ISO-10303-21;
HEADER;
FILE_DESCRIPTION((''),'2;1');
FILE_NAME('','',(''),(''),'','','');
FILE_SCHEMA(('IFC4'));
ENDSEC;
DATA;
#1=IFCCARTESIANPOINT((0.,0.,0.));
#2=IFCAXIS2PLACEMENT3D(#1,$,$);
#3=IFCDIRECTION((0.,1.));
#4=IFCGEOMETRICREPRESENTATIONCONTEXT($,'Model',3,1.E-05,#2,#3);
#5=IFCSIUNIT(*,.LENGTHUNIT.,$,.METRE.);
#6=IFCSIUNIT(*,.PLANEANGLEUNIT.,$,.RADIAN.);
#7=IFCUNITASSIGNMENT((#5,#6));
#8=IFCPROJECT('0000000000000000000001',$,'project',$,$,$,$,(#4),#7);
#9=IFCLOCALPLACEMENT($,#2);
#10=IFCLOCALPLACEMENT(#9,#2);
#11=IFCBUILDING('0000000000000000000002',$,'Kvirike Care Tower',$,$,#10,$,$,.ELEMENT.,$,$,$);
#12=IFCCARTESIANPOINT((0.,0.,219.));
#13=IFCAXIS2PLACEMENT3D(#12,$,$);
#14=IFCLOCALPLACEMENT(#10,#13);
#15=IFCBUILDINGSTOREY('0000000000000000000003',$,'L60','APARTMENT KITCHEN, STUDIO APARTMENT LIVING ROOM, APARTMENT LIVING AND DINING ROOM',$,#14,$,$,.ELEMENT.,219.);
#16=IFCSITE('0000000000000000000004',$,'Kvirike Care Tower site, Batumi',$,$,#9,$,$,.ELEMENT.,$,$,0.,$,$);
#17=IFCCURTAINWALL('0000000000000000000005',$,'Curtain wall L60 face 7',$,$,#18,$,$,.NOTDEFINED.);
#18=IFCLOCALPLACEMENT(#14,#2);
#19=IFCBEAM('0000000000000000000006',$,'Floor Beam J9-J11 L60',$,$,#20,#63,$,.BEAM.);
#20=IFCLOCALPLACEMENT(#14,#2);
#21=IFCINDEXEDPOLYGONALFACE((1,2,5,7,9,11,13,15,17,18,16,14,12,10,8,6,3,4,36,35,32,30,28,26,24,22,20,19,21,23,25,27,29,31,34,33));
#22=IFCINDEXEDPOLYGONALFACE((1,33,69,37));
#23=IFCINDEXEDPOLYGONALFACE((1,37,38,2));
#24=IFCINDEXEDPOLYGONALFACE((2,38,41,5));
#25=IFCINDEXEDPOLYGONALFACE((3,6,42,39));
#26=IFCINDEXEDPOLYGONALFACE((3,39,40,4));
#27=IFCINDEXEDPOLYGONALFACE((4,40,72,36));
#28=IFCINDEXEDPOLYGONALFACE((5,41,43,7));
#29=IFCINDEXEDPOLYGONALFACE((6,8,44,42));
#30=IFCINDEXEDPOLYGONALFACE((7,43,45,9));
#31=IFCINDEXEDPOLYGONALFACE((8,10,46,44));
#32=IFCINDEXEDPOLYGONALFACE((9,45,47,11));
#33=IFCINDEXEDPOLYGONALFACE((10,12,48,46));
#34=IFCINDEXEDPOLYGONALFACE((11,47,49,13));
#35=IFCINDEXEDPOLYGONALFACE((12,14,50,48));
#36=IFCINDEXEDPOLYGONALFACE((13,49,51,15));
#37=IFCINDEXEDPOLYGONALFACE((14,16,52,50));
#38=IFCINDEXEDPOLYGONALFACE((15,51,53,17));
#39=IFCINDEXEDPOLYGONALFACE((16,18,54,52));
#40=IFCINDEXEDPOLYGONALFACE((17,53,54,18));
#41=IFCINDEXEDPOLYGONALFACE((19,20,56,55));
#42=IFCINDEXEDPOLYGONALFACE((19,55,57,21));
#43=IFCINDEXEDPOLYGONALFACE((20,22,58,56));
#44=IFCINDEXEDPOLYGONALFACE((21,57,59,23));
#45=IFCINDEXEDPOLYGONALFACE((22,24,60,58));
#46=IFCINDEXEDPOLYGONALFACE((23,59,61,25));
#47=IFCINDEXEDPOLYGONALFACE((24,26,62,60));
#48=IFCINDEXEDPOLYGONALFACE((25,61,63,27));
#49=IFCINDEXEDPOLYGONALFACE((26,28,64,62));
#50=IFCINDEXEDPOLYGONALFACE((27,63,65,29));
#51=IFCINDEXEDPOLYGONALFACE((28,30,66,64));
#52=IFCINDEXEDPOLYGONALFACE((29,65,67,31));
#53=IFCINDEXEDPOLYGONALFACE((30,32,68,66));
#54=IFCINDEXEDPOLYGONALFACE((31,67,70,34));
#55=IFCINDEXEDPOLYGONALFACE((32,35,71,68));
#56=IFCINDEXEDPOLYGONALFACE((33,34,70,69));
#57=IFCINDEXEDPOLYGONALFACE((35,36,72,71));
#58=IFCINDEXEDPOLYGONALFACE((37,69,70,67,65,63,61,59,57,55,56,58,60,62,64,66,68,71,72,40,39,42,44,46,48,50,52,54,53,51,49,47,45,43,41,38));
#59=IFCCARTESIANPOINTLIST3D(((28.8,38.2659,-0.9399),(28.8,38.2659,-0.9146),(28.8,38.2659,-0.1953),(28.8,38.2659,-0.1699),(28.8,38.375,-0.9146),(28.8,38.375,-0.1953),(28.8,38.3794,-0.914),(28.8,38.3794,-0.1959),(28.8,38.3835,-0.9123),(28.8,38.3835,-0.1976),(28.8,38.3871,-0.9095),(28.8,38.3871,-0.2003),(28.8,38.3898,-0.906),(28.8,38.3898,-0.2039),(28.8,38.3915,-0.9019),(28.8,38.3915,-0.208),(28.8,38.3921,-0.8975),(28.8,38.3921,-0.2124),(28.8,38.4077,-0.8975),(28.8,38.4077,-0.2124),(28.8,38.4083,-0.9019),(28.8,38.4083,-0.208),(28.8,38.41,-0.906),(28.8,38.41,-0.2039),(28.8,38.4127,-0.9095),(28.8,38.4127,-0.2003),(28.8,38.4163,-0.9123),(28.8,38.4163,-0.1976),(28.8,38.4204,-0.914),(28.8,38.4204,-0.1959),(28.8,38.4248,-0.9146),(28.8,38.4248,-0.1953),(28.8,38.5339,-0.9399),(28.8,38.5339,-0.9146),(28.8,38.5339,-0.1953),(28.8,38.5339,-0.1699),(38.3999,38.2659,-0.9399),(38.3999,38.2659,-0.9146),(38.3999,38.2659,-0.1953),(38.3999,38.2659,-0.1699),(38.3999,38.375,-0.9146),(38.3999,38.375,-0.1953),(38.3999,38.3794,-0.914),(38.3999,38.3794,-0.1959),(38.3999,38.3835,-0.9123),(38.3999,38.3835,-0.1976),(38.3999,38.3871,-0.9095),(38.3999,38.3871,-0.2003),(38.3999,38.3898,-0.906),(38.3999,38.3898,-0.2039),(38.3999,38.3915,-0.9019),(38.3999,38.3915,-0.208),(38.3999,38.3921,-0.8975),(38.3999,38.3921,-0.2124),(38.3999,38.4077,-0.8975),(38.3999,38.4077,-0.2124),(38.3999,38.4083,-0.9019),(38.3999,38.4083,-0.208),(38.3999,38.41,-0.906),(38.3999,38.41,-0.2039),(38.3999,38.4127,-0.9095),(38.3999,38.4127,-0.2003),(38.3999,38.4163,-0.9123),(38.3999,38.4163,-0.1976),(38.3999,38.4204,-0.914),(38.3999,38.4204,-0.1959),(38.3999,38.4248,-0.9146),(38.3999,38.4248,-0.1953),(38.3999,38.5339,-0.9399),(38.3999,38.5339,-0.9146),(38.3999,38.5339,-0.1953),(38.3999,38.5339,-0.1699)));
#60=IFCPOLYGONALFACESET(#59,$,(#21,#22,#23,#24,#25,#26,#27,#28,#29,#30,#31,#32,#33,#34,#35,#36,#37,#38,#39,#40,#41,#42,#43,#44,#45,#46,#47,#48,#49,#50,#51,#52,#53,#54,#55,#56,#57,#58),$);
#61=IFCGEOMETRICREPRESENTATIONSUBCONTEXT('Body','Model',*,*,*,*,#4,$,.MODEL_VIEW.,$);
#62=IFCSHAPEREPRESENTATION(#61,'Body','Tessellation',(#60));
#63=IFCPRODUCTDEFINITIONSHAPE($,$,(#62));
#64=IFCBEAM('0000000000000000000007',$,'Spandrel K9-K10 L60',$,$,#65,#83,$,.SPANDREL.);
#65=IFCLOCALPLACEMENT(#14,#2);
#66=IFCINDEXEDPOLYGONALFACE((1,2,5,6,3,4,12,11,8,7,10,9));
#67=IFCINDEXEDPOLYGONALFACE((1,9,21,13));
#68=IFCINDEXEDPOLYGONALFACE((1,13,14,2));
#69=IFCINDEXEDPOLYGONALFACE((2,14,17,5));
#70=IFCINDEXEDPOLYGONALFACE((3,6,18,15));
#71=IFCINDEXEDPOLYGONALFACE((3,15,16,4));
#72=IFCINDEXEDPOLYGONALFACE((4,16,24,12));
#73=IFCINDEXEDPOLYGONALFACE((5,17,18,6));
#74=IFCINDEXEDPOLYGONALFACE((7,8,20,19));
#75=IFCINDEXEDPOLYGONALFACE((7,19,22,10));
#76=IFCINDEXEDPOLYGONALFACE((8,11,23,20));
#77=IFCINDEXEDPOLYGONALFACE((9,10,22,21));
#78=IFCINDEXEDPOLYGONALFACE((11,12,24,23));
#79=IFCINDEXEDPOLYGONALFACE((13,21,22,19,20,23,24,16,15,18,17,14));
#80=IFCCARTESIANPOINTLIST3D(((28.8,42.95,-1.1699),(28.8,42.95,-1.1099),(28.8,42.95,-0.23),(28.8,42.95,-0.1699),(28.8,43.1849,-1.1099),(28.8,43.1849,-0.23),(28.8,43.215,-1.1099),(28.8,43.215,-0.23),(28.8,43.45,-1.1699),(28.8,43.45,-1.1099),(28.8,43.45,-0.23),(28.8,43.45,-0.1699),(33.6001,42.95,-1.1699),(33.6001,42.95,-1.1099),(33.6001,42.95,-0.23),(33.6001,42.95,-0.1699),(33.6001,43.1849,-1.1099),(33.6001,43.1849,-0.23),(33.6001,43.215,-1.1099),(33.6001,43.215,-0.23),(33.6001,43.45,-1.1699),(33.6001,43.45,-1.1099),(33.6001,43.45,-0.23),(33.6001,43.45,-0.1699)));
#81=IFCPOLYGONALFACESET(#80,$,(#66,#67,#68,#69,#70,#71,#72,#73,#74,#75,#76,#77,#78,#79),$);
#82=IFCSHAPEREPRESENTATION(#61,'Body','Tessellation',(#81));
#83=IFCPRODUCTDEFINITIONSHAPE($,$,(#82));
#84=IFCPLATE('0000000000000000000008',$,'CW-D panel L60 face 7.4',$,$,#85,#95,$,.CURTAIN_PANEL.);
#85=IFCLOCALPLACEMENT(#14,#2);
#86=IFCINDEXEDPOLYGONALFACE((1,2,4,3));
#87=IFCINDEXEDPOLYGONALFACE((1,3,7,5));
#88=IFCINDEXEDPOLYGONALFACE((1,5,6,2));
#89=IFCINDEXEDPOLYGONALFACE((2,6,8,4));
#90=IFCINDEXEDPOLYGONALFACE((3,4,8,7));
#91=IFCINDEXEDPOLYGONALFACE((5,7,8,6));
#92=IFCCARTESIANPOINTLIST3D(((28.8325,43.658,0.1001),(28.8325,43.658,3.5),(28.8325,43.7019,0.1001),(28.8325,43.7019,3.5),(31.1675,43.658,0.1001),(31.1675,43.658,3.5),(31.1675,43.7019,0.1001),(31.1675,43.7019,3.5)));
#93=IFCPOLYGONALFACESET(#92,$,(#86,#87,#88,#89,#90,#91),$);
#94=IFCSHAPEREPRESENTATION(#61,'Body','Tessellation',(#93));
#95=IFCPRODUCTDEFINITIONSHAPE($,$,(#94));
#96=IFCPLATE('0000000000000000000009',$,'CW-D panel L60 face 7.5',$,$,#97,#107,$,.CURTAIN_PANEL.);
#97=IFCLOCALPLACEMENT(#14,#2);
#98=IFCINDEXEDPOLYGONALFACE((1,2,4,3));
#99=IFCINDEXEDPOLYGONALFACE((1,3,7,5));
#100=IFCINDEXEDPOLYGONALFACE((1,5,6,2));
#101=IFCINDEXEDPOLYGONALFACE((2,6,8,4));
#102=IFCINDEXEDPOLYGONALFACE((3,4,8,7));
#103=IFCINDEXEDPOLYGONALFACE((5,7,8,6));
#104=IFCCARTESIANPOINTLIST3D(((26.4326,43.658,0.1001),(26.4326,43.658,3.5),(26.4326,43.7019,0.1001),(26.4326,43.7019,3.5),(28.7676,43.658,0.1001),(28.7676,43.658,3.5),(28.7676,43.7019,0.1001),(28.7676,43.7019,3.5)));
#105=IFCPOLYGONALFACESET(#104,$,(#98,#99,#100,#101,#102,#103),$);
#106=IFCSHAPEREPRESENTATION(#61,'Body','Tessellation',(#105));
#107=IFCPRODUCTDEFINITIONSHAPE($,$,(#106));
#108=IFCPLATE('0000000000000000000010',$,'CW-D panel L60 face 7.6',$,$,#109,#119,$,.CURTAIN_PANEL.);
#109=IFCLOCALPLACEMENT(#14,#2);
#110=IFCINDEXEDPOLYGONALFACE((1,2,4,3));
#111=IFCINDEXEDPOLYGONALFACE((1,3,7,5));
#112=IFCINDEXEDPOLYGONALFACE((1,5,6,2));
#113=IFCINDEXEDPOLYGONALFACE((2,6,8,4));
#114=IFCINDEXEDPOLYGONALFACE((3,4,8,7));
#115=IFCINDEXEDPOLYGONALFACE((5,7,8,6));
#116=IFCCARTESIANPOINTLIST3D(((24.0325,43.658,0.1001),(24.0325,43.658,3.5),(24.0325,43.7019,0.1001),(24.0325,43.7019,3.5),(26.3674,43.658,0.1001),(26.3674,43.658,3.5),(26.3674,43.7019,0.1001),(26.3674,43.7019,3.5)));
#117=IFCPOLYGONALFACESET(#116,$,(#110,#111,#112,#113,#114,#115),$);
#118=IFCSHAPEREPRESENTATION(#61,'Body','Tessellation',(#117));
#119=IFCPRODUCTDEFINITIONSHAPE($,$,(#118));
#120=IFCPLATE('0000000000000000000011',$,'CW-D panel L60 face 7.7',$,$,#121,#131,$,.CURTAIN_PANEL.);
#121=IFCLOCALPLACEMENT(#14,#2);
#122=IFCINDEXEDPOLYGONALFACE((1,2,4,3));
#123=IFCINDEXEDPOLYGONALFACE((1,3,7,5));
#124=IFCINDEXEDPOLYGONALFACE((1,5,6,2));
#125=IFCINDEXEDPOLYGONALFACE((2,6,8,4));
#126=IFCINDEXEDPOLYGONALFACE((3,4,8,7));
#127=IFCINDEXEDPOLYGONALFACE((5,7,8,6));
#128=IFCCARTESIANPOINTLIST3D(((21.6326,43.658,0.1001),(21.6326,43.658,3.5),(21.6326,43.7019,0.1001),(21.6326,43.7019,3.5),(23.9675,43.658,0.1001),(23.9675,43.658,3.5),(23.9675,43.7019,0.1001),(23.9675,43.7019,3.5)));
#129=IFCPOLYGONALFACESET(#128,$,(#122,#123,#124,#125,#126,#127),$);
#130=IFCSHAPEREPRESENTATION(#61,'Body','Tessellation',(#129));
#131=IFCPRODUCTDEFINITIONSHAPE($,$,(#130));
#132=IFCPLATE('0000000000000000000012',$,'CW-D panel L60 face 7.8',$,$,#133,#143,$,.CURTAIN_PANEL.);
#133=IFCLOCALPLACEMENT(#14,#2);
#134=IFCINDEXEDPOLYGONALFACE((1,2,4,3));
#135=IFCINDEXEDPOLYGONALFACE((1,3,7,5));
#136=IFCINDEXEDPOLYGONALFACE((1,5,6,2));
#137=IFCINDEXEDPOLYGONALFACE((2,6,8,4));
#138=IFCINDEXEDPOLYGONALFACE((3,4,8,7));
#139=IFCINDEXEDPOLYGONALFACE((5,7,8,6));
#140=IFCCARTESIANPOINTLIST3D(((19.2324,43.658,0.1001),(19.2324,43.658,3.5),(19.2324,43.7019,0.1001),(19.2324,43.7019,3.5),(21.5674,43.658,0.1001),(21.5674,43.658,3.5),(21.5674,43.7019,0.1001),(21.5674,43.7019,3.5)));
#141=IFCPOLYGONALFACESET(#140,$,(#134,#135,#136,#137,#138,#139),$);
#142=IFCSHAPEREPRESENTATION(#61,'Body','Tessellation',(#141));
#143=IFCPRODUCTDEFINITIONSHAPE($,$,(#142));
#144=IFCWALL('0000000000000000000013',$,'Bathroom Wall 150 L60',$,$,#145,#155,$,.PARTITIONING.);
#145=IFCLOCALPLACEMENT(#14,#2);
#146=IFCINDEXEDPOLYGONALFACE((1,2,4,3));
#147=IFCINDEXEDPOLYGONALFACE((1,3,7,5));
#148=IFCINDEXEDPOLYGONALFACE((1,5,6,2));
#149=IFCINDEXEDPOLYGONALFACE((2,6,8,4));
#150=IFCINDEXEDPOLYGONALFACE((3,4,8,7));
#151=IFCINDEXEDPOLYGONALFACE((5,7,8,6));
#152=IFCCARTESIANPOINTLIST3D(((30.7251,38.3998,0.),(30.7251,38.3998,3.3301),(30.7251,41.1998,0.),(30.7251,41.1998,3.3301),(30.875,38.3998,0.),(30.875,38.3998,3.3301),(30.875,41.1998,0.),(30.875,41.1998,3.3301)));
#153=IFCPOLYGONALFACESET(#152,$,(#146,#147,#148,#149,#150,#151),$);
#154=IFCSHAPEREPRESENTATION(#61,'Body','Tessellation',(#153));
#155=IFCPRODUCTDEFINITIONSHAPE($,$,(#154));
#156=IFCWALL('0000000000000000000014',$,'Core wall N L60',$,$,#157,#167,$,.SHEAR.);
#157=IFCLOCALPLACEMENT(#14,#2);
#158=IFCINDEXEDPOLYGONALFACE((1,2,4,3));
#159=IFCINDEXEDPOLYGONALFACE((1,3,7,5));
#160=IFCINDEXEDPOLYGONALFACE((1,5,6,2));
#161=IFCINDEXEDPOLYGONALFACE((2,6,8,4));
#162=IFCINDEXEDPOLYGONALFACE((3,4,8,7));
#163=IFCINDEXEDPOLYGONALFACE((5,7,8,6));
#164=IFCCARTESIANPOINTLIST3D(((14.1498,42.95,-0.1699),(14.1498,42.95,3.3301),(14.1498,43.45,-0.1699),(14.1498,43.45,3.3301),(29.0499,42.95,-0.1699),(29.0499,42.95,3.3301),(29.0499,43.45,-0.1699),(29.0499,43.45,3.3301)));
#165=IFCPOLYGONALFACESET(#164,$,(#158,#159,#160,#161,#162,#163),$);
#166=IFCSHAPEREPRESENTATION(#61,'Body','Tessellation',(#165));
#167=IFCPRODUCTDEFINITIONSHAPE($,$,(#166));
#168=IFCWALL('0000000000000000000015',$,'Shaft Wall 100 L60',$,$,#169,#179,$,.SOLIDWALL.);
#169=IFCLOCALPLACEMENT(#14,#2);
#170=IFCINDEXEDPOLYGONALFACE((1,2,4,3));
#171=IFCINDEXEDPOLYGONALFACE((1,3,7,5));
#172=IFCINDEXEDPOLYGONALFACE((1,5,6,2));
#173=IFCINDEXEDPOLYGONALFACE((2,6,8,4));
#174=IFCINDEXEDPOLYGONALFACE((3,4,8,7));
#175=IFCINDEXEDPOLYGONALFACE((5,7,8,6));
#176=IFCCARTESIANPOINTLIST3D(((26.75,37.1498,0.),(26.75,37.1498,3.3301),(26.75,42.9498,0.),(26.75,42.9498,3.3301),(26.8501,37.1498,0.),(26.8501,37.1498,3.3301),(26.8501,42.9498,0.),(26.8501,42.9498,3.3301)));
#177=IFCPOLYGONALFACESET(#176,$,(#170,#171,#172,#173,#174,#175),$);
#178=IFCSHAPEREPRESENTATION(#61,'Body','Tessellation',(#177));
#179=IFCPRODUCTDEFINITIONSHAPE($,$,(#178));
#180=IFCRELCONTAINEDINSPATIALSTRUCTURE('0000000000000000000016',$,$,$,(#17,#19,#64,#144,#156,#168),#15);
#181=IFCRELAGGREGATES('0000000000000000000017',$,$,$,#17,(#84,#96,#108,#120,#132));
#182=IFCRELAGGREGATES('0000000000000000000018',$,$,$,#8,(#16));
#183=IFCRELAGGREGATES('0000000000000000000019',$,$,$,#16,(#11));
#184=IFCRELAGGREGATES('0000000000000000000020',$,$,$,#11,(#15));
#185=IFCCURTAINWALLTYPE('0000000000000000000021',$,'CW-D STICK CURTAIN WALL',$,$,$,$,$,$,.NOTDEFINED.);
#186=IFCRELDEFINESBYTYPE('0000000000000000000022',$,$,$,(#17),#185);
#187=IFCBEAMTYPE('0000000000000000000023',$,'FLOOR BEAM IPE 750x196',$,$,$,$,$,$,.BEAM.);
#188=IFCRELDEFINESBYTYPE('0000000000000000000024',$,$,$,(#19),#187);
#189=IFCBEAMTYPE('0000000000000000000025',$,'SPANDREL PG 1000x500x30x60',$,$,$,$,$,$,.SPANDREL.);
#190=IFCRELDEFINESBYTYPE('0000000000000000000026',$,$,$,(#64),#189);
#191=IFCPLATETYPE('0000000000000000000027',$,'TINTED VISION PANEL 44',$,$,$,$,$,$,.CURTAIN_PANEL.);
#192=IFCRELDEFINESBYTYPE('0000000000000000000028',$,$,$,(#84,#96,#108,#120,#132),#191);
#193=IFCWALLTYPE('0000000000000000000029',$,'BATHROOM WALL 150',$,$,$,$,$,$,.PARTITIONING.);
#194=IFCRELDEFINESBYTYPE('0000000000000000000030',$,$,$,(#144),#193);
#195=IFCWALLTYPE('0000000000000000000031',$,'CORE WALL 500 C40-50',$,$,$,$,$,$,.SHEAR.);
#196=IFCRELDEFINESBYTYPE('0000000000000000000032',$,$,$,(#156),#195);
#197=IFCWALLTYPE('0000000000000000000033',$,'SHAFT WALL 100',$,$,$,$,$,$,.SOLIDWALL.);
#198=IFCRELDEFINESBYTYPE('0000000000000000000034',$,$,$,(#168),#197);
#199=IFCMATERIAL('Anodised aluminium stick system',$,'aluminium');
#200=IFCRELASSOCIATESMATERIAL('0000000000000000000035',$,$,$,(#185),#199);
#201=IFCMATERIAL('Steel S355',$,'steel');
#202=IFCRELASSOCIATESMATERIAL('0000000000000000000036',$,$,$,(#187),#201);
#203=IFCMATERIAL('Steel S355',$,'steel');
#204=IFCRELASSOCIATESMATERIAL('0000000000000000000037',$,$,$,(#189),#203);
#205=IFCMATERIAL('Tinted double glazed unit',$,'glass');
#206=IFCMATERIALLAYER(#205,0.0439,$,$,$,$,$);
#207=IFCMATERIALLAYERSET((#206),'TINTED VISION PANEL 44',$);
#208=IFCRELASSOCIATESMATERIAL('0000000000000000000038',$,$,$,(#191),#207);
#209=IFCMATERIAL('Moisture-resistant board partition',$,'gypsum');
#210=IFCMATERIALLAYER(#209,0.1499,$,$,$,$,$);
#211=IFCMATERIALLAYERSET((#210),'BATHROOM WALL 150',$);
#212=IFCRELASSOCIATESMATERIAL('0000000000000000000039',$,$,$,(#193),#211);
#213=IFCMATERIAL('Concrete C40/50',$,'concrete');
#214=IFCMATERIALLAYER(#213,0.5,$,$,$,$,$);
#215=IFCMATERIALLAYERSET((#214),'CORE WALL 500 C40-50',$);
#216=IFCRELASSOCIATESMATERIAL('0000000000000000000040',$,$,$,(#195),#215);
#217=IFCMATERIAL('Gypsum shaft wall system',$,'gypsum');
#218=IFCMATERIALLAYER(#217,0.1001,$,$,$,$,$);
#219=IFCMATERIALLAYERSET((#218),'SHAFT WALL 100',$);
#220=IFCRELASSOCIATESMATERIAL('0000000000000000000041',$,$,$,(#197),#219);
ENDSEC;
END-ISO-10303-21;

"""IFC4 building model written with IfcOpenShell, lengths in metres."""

from ifc_helpers import new_model, si_unit, direction, frame, frame_2d, origin, origin_2d, place, context, subcontext, project, spatial, rectangle, i_section, extrude, material, layer, layer_set, material_profile, profile_set, type_object, element, aggregate, save


model = new_model("IFC4")

# Units and contexts
model_context = context("Model", 3, precision=1e-05, world=origin(), true_north=direction((0.0, 1.0)))
body_context = subcontext(model_context, "Body", "Model", "MODEL_VIEW")
ifc_project = project(units=[si_unit("LENGTHUNIT", "METRE"), si_unit("PLANEANGLEUNIT", "RADIAN")], contexts=[model_context])

# Site, building, storey
site_placement = place(None, origin())
site = spatial("IfcSite", under=ifc_project, at=site_placement, Name="Kvirike Care Tower site, Batumi", CompositionType="ELEMENT", RefElevation=0.0)
building_placement = place(site_placement, origin())
building = spatial("IfcBuilding", under=site, at=building_placement, Name="Kvirike Care Tower", CompositionType="ELEMENT")
storey_placement = place(building_placement, frame((0.0, 0.0, 219.0)))
storey = spatial("IfcBuildingStorey", under=building, at=storey_placement, Name="L60", Description="APARTMENT KITCHEN, STUDIO APARTMENT LIVING ROOM, APARTMENT LIVING AND DINING ROOM", CompositionType="ELEMENT", Elevation=219.0)

# Curtain wall
ifc_material_1 = material(Name="Anodised aluminium stick system", Category="aluminium")
curtain_wall_type = type_object("IfcCurtainWallType", Name="CW-D STICK CURTAIN WALL", PredefinedType="NOTDEFINED", material=ifc_material_1)
curtain_wall_placement = place(storey_placement, origin())
curtain_wall = element("IfcCurtainWall", 1, at=curtain_wall_placement, inside=storey, type_object=curtain_wall_type, Name="Curtain wall L60 face 7", PredefinedType="NOTDEFINED")

# Beams
ifc_material_2 = material(Name="Steel S355", Category="steel")
ifc_material_profile_1 = material_profile(ifc_material_2, i_section(OverallWidth=0.2681, OverallDepth=0.77, WebThickness=0.0156, FlangeThickness=0.0254, FilletRadius=0.0171, at=origin_2d()), Name="IPE 750x196")
ifc_profile_set_1 = profile_set([ifc_material_profile_1], Name="Steel S355")
beam_type_1 = type_object("IfcBeamType", Name="FLOOR BEAM IPE 750x196", PredefinedType="BEAM", material=ifc_profile_set_1)
for number, where, z_axis, x_axis, name in (
    (2, (28.8, 38.3999, -0.5549), (1.0, 0.0, 0.0), (0.0, 1.0, 0.0), "Floor Beam J9-J11 L60"),
):
    element("IfcBeam", number, at=place(storey_placement, frame(where, z_axis=z_axis, x_axis=x_axis)), inside=storey, type_object=beam_type_1, Name=name, PredefinedType="BEAM", context=body_context, shape_type="SweptSolid", body=[
        extrude(i_section(OverallWidth=0.2681, OverallDepth=0.77, WebThickness=0.0156, FlangeThickness=0.0254, FilletRadius=0.0171, at=origin_2d()), origin(), (0.0, 0.0, 1.0), 9.5999),
    ])
ifc_material_3 = material(Name="Steel S355", Category="steel")
ifc_material_profile_2 = material_profile(ifc_material_3, i_section(OverallWidth=0.5, OverallDepth=1.0, WebThickness=0.03, FlangeThickness=0.0601, at=origin_2d()), Name="PG 1000x500x30x60")
ifc_profile_set_2 = profile_set([ifc_material_profile_2], Name="Steel S355")
beam_type_2 = type_object("IfcBeamType", Name="SPANDREL PG 1000x500x30x60", PredefinedType="SPANDREL", material=ifc_profile_set_2)
beam_placement = place(storey_placement, frame((28.8, 43.2, -0.6699), z_axis=(1.0, 0.0, 0.0), x_axis=(0.0, 1.0, 0.0)))
element("IfcBeam", 3, at=beam_placement, inside=storey, type_object=beam_type_2, Name="Spandrel K9-K10 L60", PredefinedType="SPANDREL", context=body_context, shape_type="SweptSolid", body=[
    extrude(i_section(OverallWidth=0.5, OverallDepth=1.0, WebThickness=0.03, FlangeThickness=0.0601, at=origin_2d()), origin(), (0.0, 0.0, 1.0), 4.8),
])

# Plates
ifc_material_4 = material(Name="Tinted double glazed unit", Category="glass")
ifc_layer_1 = layer(ifc_material_4, 0.0439)
ifc_layer_set_1 = layer_set([ifc_layer_1], Name="TINTED VISION PANEL 44")
plate_type = type_object("IfcPlateType", Name="TINTED VISION PANEL 44", PredefinedType="CURTAIN_PANEL", material=ifc_layer_set_1)
plate_1_placement = place(storey_placement, frame((30.0, 43.6799, 0.1001), z_axis=(0.0, 0.0, 1.0), x_axis=(-1.0, 0.0, 0.0)))
plate_1 = element("IfcPlate", 4, at=plate_1_placement, type_object=plate_type, Name="CW-D panel L60 face 7.4", PredefinedType="CURTAIN_PANEL", context=body_context, shape_type="SweptSolid", body=[
    extrude(rectangle(XDim=2.335, YDim=0.0439, at=origin_2d()), origin(), (0.0, 0.0, 1.0), 3.3999),
])
plate_2_placement = place(storey_placement, frame((27.6001, 43.6799, 0.1001), z_axis=(0.0, 0.0, 1.0), x_axis=(-1.0, 0.0, 0.0)))
plate_2 = element("IfcPlate", 5, at=plate_2_placement, type_object=plate_type, Name="CW-D panel L60 face 7.5", PredefinedType="CURTAIN_PANEL", context=body_context, shape_type="SweptSolid", body=[
    extrude(rectangle(XDim=2.335, YDim=0.0439, at=origin_2d()), origin(), (0.0, 0.0, 1.0), 3.3999),
])
plate_3_placement = place(storey_placement, frame((25.2, 43.6799, 0.1001), z_axis=(0.0, 0.0, 1.0), x_axis=(-1.0, 0.0, 0.0)))
plate_3 = element("IfcPlate", 6, at=plate_3_placement, type_object=plate_type, Name="CW-D panel L60 face 7.6", PredefinedType="CURTAIN_PANEL", context=body_context, shape_type="SweptSolid", body=[
    extrude(rectangle(XDim=2.335, YDim=0.0439, at=origin_2d()), origin(), (0.0, 0.0, 1.0), 3.3999),
])
plate_4_placement = place(storey_placement, frame((22.8, 43.6799, 0.1001), z_axis=(0.0, 0.0, 1.0), x_axis=(-1.0, 0.0, 0.0)))
plate_4 = element("IfcPlate", 7, at=plate_4_placement, type_object=plate_type, Name="CW-D panel L60 face 7.7", PredefinedType="CURTAIN_PANEL", context=body_context, shape_type="SweptSolid", body=[
    extrude(rectangle(XDim=2.335, YDim=0.0439, at=origin_2d()), origin(), (0.0, 0.0, 1.0), 3.3999),
])
plate_5_placement = place(storey_placement, frame((20.3999, 43.6799, 0.1001), z_axis=(0.0, 0.0, 1.0), x_axis=(-1.0, 0.0, 0.0)))
plate_5 = element("IfcPlate", 8, at=plate_5_placement, type_object=plate_type, Name="CW-D panel L60 face 7.8", PredefinedType="CURTAIN_PANEL", context=body_context, shape_type="SweptSolid", body=[
    extrude(rectangle(XDim=2.335, YDim=0.0439, at=origin_2d()), origin(), (0.0, 0.0, 1.0), 3.3999),
])
aggregate(curtain_wall, [plate_1, plate_2, plate_3, plate_4, plate_5])

# Walls
ifc_material_5 = material(Name="Moisture-resistant board partition", Category="gypsum")
ifc_layer_2 = layer(ifc_material_5, 0.1499)
ifc_layer_set_2 = layer_set([ifc_layer_2], Name="BATHROOM WALL 150")
wall_type_1 = type_object("IfcWallType", Name="BATHROOM WALL 150", PredefinedType="PARTITIONING", material=ifc_layer_set_2)
wall_1_placement = place(storey_placement, frame((30.8, 38.3999, 0.0), z_axis=(0.0, 0.0, 1.0), x_axis=(0.0, 1.0, 0.0)))
element("IfcWall", 9, at=wall_1_placement, inside=storey, type_object=wall_type_1, Name="Bathroom Wall 150 L60", PredefinedType="PARTITIONING", context=body_context, shape_type="SweptSolid", body=[
    extrude(rectangle(XDim=2.8, YDim=0.1499, at=frame_2d((1.3999, 0.0))), origin(), (0.0, 0.0, 1.0), 3.3301),
])
ifc_material_6 = material(Name="Concrete C40/50", Category="concrete")
ifc_layer_3 = layer(ifc_material_6, 0.5)
ifc_layer_set_3 = layer_set([ifc_layer_3], Name="CORE WALL 500 C40-50")
wall_type_2 = type_object("IfcWallType", Name="CORE WALL 500 C40-50", PredefinedType="SHEAR", material=ifc_layer_set_3)
wall_2_placement = place(storey_placement, frame((29.05, 43.2, -0.1699), z_axis=(0.0, 0.0, 1.0), x_axis=(-1.0, 0.0, 0.0)))
element("IfcWall", 10, at=wall_2_placement, inside=storey, type_object=wall_type_2, Name="Core wall N L60", PredefinedType="SHEAR", context=body_context, shape_type="SweptSolid", body=[
    extrude(rectangle(XDim=14.9001, YDim=0.5, at=frame_2d((7.4502, 0.0))), origin(), (0.0, 0.0, 1.0), 3.5),
])
ifc_material_7 = material(Name="Gypsum shaft wall system", Category="gypsum")
ifc_layer_4 = layer(ifc_material_7, 0.1001)
ifc_layer_set_4 = layer_set([ifc_layer_4], Name="SHAFT WALL 100")
wall_type_3 = type_object("IfcWallType", Name="SHAFT WALL 100", PredefinedType="SOLIDWALL", material=ifc_layer_set_4)
wall_3_placement = place(storey_placement, frame((26.8, 37.1499, 0.0), z_axis=(0.0, 0.0, 1.0), x_axis=(0.0, 1.0, 0.0)))
element("IfcWall", 11, at=wall_3_placement, inside=storey, type_object=wall_type_3, Name="Shaft Wall 100 L60", PredefinedType="SOLIDWALL", context=body_context, shape_type="SweptSolid", body=[
    extrude(rectangle(XDim=5.8, YDim=0.1001, at=frame_2d((2.8999, 0.0))), origin(), (0.0, 0.0, 1.0), 3.3301),
])

save(model, "model.ifc")
